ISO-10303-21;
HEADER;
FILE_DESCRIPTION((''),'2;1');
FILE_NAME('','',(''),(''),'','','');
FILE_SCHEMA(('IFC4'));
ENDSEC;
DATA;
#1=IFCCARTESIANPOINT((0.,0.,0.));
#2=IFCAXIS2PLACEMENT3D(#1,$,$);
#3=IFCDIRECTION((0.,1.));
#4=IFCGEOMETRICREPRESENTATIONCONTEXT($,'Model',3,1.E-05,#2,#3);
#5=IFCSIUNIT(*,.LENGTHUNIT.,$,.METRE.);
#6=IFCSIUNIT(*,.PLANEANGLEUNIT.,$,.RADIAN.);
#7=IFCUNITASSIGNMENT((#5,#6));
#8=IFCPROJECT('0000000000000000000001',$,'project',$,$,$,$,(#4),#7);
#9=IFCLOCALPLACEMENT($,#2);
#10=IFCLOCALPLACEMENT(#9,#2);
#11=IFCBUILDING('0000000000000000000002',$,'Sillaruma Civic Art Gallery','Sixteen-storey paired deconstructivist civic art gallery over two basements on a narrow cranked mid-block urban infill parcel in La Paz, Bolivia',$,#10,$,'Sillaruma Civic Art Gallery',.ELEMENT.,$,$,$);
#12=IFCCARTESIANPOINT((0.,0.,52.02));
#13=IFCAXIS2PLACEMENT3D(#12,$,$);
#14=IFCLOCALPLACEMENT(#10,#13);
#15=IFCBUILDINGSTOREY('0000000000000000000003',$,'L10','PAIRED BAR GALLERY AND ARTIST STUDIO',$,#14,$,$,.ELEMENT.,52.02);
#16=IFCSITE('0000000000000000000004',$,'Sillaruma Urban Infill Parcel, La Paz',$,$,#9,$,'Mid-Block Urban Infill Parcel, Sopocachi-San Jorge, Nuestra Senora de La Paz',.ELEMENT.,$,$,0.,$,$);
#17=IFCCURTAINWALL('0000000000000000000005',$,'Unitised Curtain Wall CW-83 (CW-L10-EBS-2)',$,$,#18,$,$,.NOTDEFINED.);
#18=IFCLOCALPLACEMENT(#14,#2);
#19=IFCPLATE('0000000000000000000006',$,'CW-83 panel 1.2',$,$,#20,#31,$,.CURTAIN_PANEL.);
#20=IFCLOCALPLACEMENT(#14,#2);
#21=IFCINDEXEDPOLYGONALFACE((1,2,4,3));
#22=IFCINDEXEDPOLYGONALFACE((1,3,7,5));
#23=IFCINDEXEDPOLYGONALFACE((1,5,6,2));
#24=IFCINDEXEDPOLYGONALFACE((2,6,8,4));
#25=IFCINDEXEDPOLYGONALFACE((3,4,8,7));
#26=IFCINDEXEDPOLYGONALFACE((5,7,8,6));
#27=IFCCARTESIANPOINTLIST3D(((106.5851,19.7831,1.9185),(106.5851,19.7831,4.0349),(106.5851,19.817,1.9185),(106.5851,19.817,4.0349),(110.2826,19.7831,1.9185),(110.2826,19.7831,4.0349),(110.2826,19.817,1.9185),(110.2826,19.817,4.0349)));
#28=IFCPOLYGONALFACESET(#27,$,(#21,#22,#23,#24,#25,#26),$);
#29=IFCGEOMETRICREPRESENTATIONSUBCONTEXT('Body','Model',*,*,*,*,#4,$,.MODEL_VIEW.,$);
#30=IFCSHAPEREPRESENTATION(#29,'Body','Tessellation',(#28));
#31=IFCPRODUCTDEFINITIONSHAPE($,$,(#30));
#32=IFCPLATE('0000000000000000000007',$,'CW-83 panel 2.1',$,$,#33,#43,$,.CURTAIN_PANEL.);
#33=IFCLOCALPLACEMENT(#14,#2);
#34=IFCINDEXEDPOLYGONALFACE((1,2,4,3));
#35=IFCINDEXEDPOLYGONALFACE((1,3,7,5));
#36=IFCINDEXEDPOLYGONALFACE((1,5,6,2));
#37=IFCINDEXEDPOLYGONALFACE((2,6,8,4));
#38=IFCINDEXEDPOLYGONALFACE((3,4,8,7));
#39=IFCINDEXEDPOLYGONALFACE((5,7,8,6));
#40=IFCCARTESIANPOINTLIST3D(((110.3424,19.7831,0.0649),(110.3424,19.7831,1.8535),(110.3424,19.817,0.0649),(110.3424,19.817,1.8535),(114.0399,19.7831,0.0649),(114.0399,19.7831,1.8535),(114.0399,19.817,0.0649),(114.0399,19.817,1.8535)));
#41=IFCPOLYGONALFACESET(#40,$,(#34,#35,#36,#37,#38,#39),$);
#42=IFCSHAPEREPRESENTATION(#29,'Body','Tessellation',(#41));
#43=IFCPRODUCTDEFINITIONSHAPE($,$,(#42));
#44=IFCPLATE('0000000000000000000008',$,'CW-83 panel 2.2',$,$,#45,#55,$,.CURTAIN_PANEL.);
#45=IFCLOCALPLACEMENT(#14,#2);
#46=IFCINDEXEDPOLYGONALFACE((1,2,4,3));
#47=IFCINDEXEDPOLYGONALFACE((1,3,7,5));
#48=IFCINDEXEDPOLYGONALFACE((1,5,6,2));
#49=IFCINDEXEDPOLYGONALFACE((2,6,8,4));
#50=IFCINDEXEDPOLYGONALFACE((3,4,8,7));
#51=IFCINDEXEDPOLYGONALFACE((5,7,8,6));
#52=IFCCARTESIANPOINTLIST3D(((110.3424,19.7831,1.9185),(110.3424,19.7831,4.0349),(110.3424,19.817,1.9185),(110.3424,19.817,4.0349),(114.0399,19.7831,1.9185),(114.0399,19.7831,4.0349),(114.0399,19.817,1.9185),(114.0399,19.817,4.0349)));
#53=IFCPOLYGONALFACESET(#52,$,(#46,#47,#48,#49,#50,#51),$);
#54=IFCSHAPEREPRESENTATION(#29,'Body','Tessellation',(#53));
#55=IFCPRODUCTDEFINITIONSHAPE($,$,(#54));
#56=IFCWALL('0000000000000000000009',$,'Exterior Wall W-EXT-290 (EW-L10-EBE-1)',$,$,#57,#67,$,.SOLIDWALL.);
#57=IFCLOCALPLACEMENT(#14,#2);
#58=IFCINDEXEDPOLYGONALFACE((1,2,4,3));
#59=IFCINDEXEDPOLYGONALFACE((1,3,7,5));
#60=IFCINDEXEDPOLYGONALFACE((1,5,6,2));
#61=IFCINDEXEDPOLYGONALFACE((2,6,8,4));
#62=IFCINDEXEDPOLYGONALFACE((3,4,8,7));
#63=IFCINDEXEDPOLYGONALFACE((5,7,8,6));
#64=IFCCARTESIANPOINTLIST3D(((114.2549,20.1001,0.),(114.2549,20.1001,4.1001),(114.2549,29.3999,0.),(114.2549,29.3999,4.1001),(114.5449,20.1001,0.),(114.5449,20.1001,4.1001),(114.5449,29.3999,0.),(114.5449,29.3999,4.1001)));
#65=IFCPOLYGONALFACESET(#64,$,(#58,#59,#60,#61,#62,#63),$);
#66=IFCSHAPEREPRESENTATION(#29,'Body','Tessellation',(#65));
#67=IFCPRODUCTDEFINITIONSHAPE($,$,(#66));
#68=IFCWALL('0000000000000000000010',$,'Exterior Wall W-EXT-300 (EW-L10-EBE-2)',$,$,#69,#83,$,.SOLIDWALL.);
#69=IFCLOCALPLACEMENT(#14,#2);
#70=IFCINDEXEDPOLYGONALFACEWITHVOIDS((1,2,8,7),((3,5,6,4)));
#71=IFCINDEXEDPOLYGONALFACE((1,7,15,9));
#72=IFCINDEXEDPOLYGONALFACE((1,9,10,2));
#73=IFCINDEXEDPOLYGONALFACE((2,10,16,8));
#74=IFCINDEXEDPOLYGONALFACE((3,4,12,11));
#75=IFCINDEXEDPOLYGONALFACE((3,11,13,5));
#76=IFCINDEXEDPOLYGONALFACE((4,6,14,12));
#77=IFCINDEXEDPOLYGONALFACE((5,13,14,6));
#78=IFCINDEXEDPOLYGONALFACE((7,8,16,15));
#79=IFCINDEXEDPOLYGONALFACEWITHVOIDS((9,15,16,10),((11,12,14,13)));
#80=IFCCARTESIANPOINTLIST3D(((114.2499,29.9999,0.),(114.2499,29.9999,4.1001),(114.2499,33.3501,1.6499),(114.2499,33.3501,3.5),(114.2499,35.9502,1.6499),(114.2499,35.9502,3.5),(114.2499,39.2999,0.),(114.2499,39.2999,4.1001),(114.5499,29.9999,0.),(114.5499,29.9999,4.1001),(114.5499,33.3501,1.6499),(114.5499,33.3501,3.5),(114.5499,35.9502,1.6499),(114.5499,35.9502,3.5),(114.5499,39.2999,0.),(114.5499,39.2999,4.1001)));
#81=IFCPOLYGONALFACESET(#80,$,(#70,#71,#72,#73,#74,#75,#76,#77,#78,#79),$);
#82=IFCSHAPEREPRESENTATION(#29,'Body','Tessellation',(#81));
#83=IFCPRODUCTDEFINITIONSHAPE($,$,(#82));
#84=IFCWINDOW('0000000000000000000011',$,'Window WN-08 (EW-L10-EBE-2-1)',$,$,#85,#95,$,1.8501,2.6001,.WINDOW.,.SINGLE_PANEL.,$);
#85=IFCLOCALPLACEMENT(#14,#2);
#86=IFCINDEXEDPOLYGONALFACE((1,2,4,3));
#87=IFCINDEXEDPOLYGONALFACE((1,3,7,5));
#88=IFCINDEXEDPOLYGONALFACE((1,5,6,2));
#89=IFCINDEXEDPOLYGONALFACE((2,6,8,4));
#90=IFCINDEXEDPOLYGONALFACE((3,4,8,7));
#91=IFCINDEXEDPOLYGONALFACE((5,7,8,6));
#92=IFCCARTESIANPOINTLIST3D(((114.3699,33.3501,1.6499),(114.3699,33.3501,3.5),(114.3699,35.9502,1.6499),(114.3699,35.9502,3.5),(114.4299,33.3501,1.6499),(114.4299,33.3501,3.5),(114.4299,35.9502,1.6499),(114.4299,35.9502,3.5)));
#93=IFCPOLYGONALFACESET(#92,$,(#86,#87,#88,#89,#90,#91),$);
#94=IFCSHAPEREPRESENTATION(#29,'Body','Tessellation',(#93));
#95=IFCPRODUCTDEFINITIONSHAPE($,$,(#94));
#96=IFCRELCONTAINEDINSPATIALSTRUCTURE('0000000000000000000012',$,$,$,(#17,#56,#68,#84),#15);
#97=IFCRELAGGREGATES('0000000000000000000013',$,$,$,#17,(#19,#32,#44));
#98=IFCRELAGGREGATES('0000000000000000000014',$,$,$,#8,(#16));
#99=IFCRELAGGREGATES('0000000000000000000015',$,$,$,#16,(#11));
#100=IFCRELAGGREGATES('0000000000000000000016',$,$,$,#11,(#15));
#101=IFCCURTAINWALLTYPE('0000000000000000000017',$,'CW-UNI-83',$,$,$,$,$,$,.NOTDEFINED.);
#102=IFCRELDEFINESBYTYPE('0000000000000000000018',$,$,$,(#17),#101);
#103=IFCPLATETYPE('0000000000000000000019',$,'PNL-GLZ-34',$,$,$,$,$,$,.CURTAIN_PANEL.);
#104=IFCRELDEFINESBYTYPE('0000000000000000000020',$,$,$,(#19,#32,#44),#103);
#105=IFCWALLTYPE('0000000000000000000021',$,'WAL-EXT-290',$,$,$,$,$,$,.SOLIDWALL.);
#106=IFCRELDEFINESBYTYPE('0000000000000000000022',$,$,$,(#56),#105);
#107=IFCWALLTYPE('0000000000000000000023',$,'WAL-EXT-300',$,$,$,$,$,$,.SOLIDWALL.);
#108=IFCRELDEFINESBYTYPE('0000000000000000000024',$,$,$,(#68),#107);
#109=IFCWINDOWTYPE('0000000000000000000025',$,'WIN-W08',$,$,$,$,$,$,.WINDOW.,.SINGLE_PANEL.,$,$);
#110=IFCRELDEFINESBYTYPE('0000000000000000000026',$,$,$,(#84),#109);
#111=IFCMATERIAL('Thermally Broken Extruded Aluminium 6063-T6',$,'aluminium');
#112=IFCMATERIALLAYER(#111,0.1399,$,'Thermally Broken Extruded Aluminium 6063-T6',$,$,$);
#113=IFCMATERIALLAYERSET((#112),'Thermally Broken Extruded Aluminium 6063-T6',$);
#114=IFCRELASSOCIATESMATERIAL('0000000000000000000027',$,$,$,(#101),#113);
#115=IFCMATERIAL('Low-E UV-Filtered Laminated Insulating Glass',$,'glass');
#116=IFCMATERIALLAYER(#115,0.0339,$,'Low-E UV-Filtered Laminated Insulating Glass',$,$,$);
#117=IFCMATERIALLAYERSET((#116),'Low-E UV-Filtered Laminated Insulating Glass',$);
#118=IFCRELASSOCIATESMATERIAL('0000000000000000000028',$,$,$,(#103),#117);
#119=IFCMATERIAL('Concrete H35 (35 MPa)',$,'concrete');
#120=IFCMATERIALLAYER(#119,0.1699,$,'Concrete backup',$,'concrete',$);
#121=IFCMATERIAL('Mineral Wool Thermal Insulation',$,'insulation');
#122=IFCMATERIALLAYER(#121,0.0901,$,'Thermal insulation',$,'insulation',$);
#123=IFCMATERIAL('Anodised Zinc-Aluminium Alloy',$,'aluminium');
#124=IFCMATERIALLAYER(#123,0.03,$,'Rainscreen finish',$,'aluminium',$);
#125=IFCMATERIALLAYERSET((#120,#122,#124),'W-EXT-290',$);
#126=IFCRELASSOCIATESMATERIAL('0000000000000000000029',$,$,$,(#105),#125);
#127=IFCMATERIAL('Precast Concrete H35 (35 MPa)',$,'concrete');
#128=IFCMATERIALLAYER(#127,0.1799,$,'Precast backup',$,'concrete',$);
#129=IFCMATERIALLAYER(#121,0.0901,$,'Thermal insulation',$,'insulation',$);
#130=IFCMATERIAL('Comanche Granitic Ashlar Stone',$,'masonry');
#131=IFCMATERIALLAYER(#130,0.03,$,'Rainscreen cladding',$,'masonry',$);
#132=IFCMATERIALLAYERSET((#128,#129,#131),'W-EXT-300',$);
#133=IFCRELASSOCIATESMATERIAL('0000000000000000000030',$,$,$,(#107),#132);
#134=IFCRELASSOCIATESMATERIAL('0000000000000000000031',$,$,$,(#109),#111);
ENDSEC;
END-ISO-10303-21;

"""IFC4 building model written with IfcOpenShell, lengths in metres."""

from ifc_helpers import new_model, si_unit, direction, frame, frame_2d, origin, origin_2d, place, context, subcontext, project, spatial, rectangle, extrude, material, layer, layer_set, type_object, element, fill, aggregate, save


model = new_model("IFC4")

# Units and contexts
model_context = context("Model", 3, precision=1e-05, world=origin(), true_north=direction((0.0, 1.0)))
body_context = subcontext(model_context, "Body", "Model", "MODEL_VIEW")
ifc_project = project(units=[si_unit("LENGTHUNIT", "METRE"), si_unit("PLANEANGLEUNIT", "RADIAN")], contexts=[model_context])

# Site, building, storey
site_placement = place(None, origin())
site = spatial("IfcSite", under=ifc_project, at=site_placement, Name="Sillaruma Urban Infill Parcel, La Paz", LongName="Mid-Block Urban Infill Parcel, Sopocachi-San Jorge, Nuestra Senora de La Paz", CompositionType="ELEMENT", RefElevation=0.0)
building_placement = place(site_placement, origin())
building = spatial("IfcBuilding", under=site, at=building_placement, Name="Sillaruma Civic Art Gallery", Description="Sixteen-storey paired deconstructivist civic art gallery over two basements on a narrow cranked mid-block urban infill parcel in La Paz, Bolivia", LongName="Sillaruma Civic Art Gallery", CompositionType="ELEMENT")
storey_placement = place(building_placement, frame((0.0, 0.0, 52.02)))
storey = spatial("IfcBuildingStorey", under=building, at=storey_placement, Name="L10", Description="PAIRED BAR GALLERY AND ARTIST STUDIO", CompositionType="ELEMENT", Elevation=52.02)

# Shared definitions
ifc_material_1 = material(Name="Concrete H35 (35 MPa)", Category="concrete")

# Curtain wall
ifc_material_2 = material(Name="Thermally Broken Extruded Aluminium 6063-T6", Category="aluminium")
ifc_layer_1 = layer(ifc_material_2, 0.1399, Name="Thermally Broken Extruded Aluminium 6063-T6")
ifc_layer_set_1 = layer_set([ifc_layer_1], Name="Thermally Broken Extruded Aluminium 6063-T6")
curtain_wall_type = type_object("IfcCurtainWallType", Name="CW-UNI-83", PredefinedType="NOTDEFINED", material=ifc_layer_set_1)
curtain_wall_placement = place(storey_placement, origin())
curtain_wall = element("IfcCurtainWall", 1, at=curtain_wall_placement, inside=storey, type_object=curtain_wall_type, Name="Unitised Curtain Wall CW-83 (CW-L10-EBS-2)", PredefinedType="NOTDEFINED")

# Plates
ifc_material_3 = material(Name="Low-E UV-Filtered Laminated Insulating Glass", Category="glass")
ifc_layer_2 = layer(ifc_material_3, 0.0339, Name="Low-E UV-Filtered Laminated Insulating Glass")
ifc_layer_set_2 = layer_set([ifc_layer_2], Name="Low-E UV-Filtered Laminated Insulating Glass")
plate_type = type_object("IfcPlateType", Name="PNL-GLZ-34", PredefinedType="CURTAIN_PANEL", material=ifc_layer_set_2)
plate_1_placement = place(storey_placement, frame((108.4338, 19.8, 1.9185), z_axis=(0.0, 0.0, 1.0), x_axis=(1.0, 0.0, 0.0)))
plate_1 = element("IfcPlate", 2, at=plate_1_placement, type_object=plate_type, Name="CW-83 panel 1.2", PredefinedType="CURTAIN_PANEL", context=body_context, shape_type="SweptSolid", body=[
    extrude(rectangle(XDim=3.6975, YDim=0.0339, at=origin_2d()), origin(), (0.0, 0.0, 1.0), 2.1165),
])
plate_2_placement = place(storey_placement, frame((112.1912, 19.8, 0.0649), z_axis=(0.0, 0.0, 1.0), x_axis=(1.0, 0.0, 0.0)))
plate_2 = element("IfcPlate", 3, at=plate_2_placement, type_object=plate_type, Name="CW-83 panel 2.1", PredefinedType="CURTAIN_PANEL", context=body_context, shape_type="SweptSolid", body=[
    extrude(rectangle(XDim=3.6975, YDim=0.0339, at=origin_2d()), origin(), (0.0, 0.0, 1.0), 1.7886),
])
plate_3_placement = place(storey_placement, frame((112.1912, 19.8, 1.9185), z_axis=(0.0, 0.0, 1.0), x_axis=(1.0, 0.0, 0.0)))
plate_3 = element("IfcPlate", 4, at=plate_3_placement, type_object=plate_type, Name="CW-83 panel 2.2", PredefinedType="CURTAIN_PANEL", context=body_context, shape_type="SweptSolid", body=[
    extrude(rectangle(XDim=3.6975, YDim=0.0339, at=origin_2d()), origin(), (0.0, 0.0, 1.0), 2.1165),
])
aggregate(curtain_wall, [plate_1, plate_2, plate_3])

# Wall
ifc_layer_3 = layer(ifc_material_1, 0.1699, Name="Concrete backup", Category="concrete")
ifc_material_4 = material(Name="Mineral Wool Thermal Insulation", Category="insulation")
ifc_layer_4 = layer(ifc_material_4, 0.0901, Name="Thermal insulation", Category="insulation")
ifc_material_5 = material(Name="Anodised Zinc-Aluminium Alloy", Category="aluminium")
ifc_layer_5 = layer(ifc_material_5, 0.03, Name="Rainscreen finish", Category="aluminium")
ifc_layer_set_3 = layer_set([ifc_layer_3, ifc_layer_4, ifc_layer_5], Name="W-EXT-290")
wall_type_1 = type_object("IfcWallType", Name="WAL-EXT-290", PredefinedType="SOLIDWALL", material=ifc_layer_set_3)
wall_1_placement = place(storey_placement, frame((114.3999, 20.1001, 0.0), z_axis=(0.0, 0.0, 1.0), x_axis=(0.0, 1.0, 0.0)))
element("IfcWall", 5, at=wall_1_placement, inside=storey, type_object=wall_type_1, Name="Exterior Wall W-EXT-290 (EW-L10-EBE-1)", PredefinedType="SOLIDWALL", context=body_context, shape_type="SweptSolid", body=[
    extrude(rectangle(XDim=9.2998, YDim=0.29, at=frame_2d((4.6499, 0.0))), origin(), (0.0, 0.0, 1.0), 4.1001),
])

# Wall, opening, window
ifc_material_6 = material(Name="Precast Concrete H35 (35 MPa)", Category="concrete")
ifc_layer_6 = layer(ifc_material_6, 0.1799, Name="Precast backup", Category="concrete")
ifc_layer_7 = layer(ifc_material_4, 0.0901, Name="Thermal insulation", Category="insulation")
ifc_material_7 = material(Name="Comanche Granitic Ashlar Stone", Category="masonry")
ifc_layer_8 = layer(ifc_material_7, 0.03, Name="Rainscreen cladding", Category="masonry")
ifc_layer_set_4 = layer_set([ifc_layer_6, ifc_layer_7, ifc_layer_8], Name="W-EXT-300")
wall_type_2 = type_object("IfcWallType", Name="WAL-EXT-300", PredefinedType="SOLIDWALL", material=ifc_layer_set_4)
wall_2_placement = place(storey_placement, frame((114.3999, 30.0, 0.0), z_axis=(0.0, 0.0, 1.0), x_axis=(0.0, 1.0, 0.0)))
wall_2 = element("IfcWall", 6, at=wall_2_placement, inside=storey, type_object=wall_type_2, Name="Exterior Wall W-EXT-300 (EW-L10-EBE-2)", PredefinedType="SOLIDWALL", context=body_context, shape_type="SweptSolid", body=[
    extrude(rectangle(XDim=9.3, YDim=0.3, at=frame_2d((4.6499, 0.0))), origin(), (0.0, 0.0, 1.0), 4.1001),
])
opening_placement = place(wall_2_placement, frame((3.3501, 0.0, 1.6499)))
opening = element("IfcOpeningElement", 7, at=opening_placement, cuts=wall_2, PredefinedType="OPENING", context=body_context, shape_type="SweptSolid", body=[
    extrude(rectangle(XDim=2.6001, YDim=1.8501, at=frame_2d((1.3, 0.925))), frame((0.0, 0.1599, 0.0), z_axis=(0.0, -1.0, 0.0), x_axis=(1.0, 0.0, 0.0)), (0.0, 0.0, 1.0), 0.3201),
])
window_type = type_object("IfcWindowType", Name="WIN-W08", PartitioningType="SINGLE_PANEL", PredefinedType="WINDOW", material=ifc_material_2)
window_placement = place(opening_placement, origin())
window = element("IfcWindow", 8, at=window_placement, inside=storey, type_object=window_type, Name="Window WN-08 (EW-L10-EBE-2-1)", OverallHeight=1.8501, OverallWidth=2.6001, PartitioningType="SINGLE_PANEL", PredefinedType="WINDOW", context=body_context, shape_type="SweptSolid", body=[
    extrude(rectangle(XDim=2.6001, YDim=1.8501, at=frame_2d((1.3, 0.925))), frame((0.0, 0.03, 0.0), z_axis=(0.0, -1.0, 0.0), x_axis=(1.0, 0.0, 0.0)), (0.0, 0.0, 1.0), 0.0601),
])
fill(opening, window)

save(model, "model.ifc")
